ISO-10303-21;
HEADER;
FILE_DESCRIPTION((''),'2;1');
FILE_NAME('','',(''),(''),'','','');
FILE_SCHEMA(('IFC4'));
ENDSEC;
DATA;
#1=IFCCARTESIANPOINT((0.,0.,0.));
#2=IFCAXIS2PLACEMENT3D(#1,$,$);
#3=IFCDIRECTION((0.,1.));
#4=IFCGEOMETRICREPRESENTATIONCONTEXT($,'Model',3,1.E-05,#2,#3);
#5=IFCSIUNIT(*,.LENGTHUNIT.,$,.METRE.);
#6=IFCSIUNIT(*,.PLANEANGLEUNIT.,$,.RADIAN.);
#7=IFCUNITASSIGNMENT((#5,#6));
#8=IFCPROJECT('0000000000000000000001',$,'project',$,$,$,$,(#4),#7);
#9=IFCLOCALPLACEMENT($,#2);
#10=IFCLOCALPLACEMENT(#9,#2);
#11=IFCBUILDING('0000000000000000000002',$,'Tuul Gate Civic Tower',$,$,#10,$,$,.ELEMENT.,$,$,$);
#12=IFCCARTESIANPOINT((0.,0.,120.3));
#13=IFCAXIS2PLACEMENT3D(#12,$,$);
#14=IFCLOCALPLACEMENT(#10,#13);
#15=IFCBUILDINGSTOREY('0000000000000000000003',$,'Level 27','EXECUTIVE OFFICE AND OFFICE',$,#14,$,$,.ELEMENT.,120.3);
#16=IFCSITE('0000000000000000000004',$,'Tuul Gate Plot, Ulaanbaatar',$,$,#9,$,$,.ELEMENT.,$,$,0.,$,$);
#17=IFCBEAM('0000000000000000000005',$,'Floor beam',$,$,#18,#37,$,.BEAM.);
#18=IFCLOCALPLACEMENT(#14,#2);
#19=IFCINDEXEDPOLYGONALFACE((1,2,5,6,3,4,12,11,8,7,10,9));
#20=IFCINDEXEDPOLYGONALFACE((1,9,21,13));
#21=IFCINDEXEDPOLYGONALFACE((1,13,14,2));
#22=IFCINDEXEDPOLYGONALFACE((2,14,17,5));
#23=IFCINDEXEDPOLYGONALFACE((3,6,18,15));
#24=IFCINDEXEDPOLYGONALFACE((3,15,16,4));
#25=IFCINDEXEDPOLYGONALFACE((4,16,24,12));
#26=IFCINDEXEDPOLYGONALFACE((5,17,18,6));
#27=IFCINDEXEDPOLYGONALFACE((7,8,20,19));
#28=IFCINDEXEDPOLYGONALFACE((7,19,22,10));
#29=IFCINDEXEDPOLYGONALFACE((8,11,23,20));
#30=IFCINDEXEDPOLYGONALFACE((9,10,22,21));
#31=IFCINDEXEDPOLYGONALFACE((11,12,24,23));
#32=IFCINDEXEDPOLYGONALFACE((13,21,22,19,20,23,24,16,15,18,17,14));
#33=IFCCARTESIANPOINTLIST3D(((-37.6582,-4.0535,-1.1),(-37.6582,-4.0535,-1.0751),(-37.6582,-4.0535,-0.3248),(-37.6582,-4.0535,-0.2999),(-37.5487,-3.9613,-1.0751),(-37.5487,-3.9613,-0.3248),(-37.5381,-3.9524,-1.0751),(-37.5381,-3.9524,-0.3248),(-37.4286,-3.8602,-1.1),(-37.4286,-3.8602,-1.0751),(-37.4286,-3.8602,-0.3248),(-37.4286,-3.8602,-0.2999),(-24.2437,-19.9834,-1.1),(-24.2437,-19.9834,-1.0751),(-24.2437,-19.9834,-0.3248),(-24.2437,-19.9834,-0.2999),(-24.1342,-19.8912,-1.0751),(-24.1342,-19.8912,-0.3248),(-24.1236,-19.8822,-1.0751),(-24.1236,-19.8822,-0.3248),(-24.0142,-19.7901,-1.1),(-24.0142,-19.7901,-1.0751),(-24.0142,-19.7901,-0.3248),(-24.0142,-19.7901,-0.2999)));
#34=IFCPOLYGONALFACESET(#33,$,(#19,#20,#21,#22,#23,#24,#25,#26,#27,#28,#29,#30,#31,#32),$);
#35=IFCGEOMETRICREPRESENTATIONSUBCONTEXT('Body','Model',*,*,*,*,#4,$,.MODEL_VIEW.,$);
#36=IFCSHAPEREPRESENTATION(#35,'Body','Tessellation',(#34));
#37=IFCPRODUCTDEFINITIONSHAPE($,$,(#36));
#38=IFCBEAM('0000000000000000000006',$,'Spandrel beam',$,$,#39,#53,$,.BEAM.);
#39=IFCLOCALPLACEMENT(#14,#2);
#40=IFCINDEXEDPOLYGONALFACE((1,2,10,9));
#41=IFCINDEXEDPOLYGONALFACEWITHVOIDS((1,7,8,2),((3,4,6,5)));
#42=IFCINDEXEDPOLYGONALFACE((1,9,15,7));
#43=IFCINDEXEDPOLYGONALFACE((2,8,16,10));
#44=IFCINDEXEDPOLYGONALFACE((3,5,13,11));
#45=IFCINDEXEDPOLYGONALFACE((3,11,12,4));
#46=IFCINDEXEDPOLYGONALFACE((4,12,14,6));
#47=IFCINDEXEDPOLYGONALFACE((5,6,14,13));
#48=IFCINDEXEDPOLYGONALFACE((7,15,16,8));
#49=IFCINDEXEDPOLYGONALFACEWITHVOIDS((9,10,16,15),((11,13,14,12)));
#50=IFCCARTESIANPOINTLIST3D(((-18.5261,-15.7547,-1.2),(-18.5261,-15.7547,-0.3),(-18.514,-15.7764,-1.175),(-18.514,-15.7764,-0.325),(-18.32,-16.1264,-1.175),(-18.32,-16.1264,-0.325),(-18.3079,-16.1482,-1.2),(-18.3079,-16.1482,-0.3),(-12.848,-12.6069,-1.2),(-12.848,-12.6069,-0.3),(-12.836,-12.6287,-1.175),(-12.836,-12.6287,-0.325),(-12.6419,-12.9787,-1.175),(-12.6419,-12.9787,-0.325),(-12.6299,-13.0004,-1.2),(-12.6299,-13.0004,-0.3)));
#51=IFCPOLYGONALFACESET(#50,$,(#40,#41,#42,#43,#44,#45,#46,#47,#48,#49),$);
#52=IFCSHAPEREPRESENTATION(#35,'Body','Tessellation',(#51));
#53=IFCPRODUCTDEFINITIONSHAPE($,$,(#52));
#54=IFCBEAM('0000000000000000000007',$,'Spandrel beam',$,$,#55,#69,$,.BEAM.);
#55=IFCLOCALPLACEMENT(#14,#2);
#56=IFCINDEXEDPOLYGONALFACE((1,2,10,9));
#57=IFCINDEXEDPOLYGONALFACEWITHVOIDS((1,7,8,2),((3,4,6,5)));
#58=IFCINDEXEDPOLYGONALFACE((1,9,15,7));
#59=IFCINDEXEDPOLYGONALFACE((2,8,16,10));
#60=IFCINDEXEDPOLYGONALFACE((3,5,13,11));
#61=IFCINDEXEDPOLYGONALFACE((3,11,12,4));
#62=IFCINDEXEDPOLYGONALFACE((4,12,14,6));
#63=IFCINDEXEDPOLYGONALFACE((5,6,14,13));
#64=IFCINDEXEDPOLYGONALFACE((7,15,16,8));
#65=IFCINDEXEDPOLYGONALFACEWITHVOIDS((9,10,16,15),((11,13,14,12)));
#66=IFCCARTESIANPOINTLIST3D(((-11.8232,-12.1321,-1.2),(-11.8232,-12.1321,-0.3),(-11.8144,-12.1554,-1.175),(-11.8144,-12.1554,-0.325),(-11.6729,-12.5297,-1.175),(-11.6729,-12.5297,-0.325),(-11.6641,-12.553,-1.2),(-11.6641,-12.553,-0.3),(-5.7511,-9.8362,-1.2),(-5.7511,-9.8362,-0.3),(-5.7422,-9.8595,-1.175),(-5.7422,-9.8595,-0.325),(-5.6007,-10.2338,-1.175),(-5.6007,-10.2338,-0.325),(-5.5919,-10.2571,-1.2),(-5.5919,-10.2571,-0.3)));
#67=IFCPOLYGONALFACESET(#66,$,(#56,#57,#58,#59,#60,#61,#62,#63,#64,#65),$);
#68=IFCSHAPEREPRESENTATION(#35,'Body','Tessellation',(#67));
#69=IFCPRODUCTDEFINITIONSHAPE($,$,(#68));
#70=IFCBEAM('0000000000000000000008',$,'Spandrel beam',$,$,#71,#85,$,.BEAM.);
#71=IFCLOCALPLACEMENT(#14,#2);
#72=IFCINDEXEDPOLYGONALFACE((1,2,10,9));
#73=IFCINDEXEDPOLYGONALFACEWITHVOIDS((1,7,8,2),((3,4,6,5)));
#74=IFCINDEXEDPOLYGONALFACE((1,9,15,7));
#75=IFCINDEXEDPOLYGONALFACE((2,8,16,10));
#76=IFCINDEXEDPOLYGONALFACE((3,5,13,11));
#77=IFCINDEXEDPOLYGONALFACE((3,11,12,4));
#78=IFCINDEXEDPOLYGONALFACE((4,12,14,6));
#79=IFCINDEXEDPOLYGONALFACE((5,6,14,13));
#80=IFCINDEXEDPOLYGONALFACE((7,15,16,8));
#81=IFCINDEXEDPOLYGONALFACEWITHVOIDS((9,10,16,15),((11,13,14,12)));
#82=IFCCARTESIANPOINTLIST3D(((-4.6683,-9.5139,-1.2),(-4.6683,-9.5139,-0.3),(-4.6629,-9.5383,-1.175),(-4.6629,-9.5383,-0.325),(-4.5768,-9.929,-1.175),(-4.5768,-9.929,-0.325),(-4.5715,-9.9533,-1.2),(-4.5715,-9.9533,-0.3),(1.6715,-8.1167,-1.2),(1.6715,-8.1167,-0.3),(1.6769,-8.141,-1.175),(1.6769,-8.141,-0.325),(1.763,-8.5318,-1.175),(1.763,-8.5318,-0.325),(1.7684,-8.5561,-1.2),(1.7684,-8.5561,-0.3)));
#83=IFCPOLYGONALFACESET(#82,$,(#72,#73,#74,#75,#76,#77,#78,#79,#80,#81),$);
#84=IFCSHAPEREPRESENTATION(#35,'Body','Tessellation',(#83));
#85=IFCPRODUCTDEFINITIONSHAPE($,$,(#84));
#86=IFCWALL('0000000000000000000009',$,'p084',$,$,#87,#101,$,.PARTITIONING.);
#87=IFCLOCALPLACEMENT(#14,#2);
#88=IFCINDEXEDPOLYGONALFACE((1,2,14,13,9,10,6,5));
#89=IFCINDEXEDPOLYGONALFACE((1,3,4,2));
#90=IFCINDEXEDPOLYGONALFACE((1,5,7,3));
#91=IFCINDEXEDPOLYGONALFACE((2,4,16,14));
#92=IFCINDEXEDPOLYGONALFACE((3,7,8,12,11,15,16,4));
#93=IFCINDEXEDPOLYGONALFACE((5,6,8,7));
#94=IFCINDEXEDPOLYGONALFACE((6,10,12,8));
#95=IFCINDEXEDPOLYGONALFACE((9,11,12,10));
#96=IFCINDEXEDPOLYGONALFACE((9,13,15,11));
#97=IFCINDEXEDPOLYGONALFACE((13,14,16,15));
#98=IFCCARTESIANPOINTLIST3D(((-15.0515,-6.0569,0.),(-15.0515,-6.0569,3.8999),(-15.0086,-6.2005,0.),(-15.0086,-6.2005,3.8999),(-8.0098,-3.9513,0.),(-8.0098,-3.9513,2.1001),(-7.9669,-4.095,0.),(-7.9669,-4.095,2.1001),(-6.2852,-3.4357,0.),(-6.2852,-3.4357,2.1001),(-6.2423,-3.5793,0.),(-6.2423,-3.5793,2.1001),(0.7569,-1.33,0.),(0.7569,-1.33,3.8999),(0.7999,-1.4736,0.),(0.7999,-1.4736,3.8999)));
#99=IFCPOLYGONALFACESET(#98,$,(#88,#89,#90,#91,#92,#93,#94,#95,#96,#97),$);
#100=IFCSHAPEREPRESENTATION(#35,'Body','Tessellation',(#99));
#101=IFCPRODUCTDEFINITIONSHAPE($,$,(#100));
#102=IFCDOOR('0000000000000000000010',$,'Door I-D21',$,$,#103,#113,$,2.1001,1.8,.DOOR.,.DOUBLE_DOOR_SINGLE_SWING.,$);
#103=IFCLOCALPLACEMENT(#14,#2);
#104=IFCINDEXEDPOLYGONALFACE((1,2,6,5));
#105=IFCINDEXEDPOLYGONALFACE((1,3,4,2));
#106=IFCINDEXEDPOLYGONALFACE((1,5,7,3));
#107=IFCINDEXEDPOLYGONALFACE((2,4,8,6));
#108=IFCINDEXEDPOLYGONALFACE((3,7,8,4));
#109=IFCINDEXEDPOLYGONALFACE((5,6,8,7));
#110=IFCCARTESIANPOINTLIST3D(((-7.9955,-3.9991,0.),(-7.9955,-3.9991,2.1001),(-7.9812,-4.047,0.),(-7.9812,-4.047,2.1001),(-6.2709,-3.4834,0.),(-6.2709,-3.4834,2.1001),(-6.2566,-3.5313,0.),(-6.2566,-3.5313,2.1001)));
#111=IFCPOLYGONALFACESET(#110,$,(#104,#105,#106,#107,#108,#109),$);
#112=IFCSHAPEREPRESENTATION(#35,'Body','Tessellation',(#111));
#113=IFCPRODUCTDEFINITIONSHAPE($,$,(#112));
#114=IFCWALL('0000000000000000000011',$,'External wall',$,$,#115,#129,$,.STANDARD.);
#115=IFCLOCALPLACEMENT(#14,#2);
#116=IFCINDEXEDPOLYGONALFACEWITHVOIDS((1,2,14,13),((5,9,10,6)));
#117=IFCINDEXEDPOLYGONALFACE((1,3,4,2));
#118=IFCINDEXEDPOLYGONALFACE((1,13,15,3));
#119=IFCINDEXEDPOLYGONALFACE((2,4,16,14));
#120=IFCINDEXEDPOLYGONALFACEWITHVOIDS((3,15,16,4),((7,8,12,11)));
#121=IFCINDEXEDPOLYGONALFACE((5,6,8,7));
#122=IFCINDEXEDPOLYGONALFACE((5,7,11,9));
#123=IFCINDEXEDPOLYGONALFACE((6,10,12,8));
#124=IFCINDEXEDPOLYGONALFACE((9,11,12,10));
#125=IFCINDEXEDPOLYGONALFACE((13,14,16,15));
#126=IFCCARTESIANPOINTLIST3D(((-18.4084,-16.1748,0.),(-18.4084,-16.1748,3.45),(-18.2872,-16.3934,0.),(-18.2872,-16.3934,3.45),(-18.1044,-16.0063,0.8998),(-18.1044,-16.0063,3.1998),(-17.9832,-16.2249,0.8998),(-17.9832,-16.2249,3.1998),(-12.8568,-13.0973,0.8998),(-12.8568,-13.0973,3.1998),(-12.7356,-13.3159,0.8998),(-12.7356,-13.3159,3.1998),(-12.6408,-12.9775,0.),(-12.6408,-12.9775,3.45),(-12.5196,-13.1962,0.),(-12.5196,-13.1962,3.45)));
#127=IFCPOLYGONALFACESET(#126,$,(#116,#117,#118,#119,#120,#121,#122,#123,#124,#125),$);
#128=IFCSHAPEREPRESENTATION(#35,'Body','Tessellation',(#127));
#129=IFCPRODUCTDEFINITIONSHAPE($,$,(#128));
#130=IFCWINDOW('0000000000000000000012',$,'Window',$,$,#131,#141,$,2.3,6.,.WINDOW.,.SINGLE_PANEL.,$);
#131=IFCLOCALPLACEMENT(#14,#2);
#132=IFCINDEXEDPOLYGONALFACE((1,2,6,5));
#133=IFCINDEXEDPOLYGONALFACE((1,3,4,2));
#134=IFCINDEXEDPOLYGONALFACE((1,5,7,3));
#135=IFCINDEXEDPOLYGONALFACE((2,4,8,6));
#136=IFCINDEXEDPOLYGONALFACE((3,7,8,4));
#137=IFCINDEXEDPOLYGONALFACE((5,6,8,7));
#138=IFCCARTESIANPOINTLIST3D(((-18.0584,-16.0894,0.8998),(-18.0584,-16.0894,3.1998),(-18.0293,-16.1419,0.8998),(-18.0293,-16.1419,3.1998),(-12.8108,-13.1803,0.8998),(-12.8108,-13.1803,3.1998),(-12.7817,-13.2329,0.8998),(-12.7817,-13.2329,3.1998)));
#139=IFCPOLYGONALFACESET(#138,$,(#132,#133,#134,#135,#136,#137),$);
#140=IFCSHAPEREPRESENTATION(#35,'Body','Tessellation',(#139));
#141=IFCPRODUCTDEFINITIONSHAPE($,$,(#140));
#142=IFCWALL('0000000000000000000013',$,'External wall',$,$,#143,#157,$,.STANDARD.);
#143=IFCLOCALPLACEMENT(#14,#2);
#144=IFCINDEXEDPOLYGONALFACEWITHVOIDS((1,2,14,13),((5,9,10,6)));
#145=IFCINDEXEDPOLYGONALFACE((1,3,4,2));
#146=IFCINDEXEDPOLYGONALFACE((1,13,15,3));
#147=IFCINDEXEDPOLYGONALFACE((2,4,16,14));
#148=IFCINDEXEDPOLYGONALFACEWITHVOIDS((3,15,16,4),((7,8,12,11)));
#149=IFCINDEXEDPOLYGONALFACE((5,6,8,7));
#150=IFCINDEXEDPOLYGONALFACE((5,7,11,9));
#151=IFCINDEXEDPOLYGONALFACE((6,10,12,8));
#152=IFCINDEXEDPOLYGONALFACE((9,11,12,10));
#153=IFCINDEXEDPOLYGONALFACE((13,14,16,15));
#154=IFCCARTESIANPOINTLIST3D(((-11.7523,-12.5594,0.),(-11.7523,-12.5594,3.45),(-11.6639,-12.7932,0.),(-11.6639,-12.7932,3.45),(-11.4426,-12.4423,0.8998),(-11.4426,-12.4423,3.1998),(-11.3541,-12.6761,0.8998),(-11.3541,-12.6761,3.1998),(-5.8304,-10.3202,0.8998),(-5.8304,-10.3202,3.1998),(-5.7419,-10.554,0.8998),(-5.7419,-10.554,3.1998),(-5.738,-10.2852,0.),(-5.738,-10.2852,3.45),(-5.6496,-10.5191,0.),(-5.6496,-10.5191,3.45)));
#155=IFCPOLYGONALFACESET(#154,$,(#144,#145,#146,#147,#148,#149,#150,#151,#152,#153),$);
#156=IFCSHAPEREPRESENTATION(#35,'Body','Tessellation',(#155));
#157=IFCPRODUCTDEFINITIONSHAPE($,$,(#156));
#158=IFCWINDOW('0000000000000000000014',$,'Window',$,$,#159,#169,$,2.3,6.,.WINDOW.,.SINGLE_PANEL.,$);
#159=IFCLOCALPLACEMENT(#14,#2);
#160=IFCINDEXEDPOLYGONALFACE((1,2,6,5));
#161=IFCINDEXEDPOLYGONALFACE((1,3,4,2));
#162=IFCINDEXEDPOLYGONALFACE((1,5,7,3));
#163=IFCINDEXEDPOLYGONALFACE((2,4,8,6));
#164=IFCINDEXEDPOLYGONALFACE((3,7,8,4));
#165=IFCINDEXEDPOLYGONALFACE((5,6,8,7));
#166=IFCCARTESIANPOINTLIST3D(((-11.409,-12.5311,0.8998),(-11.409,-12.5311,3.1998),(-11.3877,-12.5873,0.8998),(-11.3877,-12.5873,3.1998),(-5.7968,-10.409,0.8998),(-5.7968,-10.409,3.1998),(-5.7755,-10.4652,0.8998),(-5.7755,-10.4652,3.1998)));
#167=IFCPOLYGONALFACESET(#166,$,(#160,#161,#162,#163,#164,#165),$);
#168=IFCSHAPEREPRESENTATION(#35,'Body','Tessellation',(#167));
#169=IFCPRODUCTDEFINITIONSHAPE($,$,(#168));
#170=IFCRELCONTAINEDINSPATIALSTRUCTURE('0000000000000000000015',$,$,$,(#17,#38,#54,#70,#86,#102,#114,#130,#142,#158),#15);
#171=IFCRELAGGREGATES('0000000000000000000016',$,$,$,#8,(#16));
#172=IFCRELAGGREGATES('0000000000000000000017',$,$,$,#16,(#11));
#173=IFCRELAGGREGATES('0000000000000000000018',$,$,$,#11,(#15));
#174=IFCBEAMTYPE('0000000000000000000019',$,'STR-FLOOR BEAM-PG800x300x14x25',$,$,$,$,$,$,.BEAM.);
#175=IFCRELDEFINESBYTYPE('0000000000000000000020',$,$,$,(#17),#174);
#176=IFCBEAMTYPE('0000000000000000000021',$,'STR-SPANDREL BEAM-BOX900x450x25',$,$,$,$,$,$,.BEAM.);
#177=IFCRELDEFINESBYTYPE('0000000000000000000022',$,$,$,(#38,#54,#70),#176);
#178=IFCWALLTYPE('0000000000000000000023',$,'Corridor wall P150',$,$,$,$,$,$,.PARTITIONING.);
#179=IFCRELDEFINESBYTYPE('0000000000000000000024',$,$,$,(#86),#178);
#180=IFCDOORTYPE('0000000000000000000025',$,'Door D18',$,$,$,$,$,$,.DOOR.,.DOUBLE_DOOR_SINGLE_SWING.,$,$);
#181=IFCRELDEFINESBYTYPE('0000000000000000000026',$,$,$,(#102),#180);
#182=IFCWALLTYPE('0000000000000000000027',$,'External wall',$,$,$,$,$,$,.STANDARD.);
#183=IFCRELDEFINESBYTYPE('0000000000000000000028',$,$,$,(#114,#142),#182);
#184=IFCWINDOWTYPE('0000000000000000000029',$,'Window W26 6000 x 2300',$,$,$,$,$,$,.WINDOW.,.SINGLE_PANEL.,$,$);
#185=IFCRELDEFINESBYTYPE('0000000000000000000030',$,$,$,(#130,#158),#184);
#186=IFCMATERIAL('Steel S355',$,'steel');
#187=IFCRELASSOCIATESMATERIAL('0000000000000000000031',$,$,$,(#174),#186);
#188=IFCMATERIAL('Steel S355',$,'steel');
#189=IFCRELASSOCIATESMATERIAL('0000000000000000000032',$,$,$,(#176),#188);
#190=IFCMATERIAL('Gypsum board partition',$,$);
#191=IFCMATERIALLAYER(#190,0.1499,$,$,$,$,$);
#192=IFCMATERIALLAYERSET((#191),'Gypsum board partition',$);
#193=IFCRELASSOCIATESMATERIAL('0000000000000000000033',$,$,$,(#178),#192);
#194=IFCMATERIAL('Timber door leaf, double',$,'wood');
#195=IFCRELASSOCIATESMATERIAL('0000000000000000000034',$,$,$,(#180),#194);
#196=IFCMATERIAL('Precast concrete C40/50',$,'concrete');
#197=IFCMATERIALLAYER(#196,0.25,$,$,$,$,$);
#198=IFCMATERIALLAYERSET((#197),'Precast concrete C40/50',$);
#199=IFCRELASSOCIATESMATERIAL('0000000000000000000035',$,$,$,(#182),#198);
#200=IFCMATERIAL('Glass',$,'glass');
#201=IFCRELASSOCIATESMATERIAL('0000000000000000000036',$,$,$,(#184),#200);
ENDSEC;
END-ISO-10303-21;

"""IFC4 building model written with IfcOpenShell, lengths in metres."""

from ifc_helpers import new_model, si_unit, direction, frame, frame_2d, origin, origin_2d, place, context, subcontext, project, spatial, rectangle, hollow_rectangle, i_section, extrude, material, layer, layer_set, material_profile, profile_set, type_object, element, fill, save


model = new_model("IFC4")

# Units and contexts
model_context = context("Model", 3, precision=1e-05, world=origin(), true_north=direction((0.0, 1.0)))
body_context = subcontext(model_context, "Body", "Model", "MODEL_VIEW")
ifc_project = project(units=[si_unit("LENGTHUNIT", "METRE"), si_unit("PLANEANGLEUNIT", "RADIAN")], contexts=[model_context])

# Site, building, storey
site_placement = place(None, origin())
site = spatial("IfcSite", under=ifc_project, at=site_placement, Name="Tuul Gate Plot, Ulaanbaatar", CompositionType="ELEMENT", RefElevation=0.0)
building_placement = place(site_placement, origin())
building = spatial("IfcBuilding", under=site, at=building_placement, Name="Tuul Gate Civic Tower", CompositionType="ELEMENT")
storey_placement = place(building_placement, frame((0.0, 0.0, 120.3)))
storey = spatial("IfcBuildingStorey", under=building, at=storey_placement, Name="Level 27", Description="EXECUTIVE OFFICE AND OFFICE", CompositionType="ELEMENT", Elevation=120.3)

# Beams
ifc_material_1 = material(Name="Steel S355", Category="steel")
ifc_material_profile_1 = material_profile(ifc_material_1, i_section(OverallWidth=0.3, OverallDepth=0.8, WebThickness=0.0139, FlangeThickness=0.0249, at=origin_2d()), Name="PG800x300x14x25")
ifc_profile_set_1 = profile_set([ifc_material_profile_1], Name="Steel S355")
beam_type_1 = type_object("IfcBeamType", Name="STR-FLOOR BEAM-PG800x300x14x25", PredefinedType="BEAM", material=ifc_profile_set_1)
beam_1_placement = place(storey_placement, frame((-24.1289, -19.8867, -0.7), z_axis=(-0.644132, 0.764914, 0.0), x_axis=(-0.764914, -0.644132, 0.0)))
element("IfcBeam", 1, at=beam_1_placement, inside=storey, type_object=beam_type_1, Name="Floor beam", PredefinedType="BEAM", context=body_context, shape_type="SweptSolid", body=[
    extrude(i_section(OverallWidth=0.3, OverallDepth=0.8, WebThickness=0.0139, FlangeThickness=0.0249, at=origin_2d()), origin(), (0.0, 0.0, 1.0), 20.8257),
])
ifc_material_2 = material(Name="Steel S355", Category="steel")
ifc_material_profile_2 = material_profile(ifc_material_2, hollow_rectangle(XDim=0.45, YDim=0.8999, WallThickness=0.0249, at=origin_2d()), Name="BOX900x450x25")
ifc_profile_set_2 = profile_set([ifc_material_profile_2], Name="Steel S355")
beam_type_2 = type_object("IfcBeamType", Name="STR-SPANDREL BEAM-BOX900x450x25", PredefinedType="BEAM", material=ifc_profile_set_2)
beam_2_placement = place(storey_placement, frame((-18.417, -15.9514, -0.75), z_axis=(0.874597, 0.484851, 0.0), x_axis=(-0.484851, 0.874597, 0.0)))
element("IfcBeam", 2, at=beam_2_placement, inside=storey, type_object=beam_type_2, Name="Spandrel beam", PredefinedType="BEAM", context=body_context, shape_type="SweptSolid", body=[
    extrude(hollow_rectangle(XDim=0.45, YDim=0.8999, WallThickness=0.0249, at=origin_2d()), origin(), (0.0, 0.0, 1.0), 6.4922),
])
beam_3_placement = place(storey_placement, frame((-11.7437, -12.3425, -0.75), z_axis=(0.935374, 0.353661, 0.0), x_axis=(-0.353661, 0.935374, 0.0)))
element("IfcBeam", 3, at=beam_3_placement, inside=storey, type_object=beam_type_2, Name="Spandrel beam", PredefinedType="BEAM", context=body_context, shape_type="SweptSolid", body=[
    extrude(hollow_rectangle(XDim=0.45, YDim=0.8999, WallThickness=0.0249, at=origin_2d()), origin(), (0.0, 0.0, 1.0), 6.4917),
])
beam_4_placement = place(storey_placement, frame((-4.6199, -9.7336, -0.75), z_axis=(0.976565, 0.215222, 0.0), x_axis=(-0.215222, 0.976565, 0.0)))
element("IfcBeam", 4, at=beam_4_placement, inside=storey, type_object=beam_type_2, Name="Spandrel beam", PredefinedType="BEAM", context=body_context, shape_type="SweptSolid", body=[
    extrude(hollow_rectangle(XDim=0.45, YDim=0.8999, WallThickness=0.0249, at=origin_2d()), origin(), (0.0, 0.0, 1.0), 6.4919),
])

# Wall, opening, door
ifc_material_3 = material(Name="Gypsum board partition")
ifc_layer_1 = layer(ifc_material_3, 0.1499)
ifc_layer_set_1 = layer_set([ifc_layer_1], Name="Gypsum board partition")
wall_type_1 = type_object("IfcWallType", Name="Corridor wall P150", PredefinedType="PARTITIONING", material=ifc_layer_set_1)
wall_1_placement = place(storey_placement, frame((-15.03, -6.1287, 0.0), z_axis=(0.0, 0.0, 1.0), x_axis=(0.958088, 0.286475, 0.0)))
wall_1 = element("IfcWall", 5, at=wall_1_placement, inside=storey, type_object=wall_type_1, Name="p084", PredefinedType="PARTITIONING", context=body_context, shape_type="SweptSolid", body=[
    extrude(rectangle(XDim=16.5, YDim=0.1499, at=frame_2d((8.25, 0.0))), origin(), (0.0, 0.0, 1.0), 3.8999),
])
opening_1_placement = place(wall_1_placement, frame((7.3499, 0.0, 0.0)))
opening_1 = element("IfcOpeningElement", 6, at=opening_1_placement, cuts=wall_1, PredefinedType="OPENING", context=body_context, shape_type="SweptSolid", body=[
    extrude(rectangle(XDim=1.8, YDim=2.1001, at=frame_2d((0.8999, 1.05))), frame((0.0, 0.085, 0.0), z_axis=(0.0, -1.0, 0.0), x_axis=(1.0, 0.0, 0.0)), (0.0, 0.0, 1.0), 0.1699),
])
ifc_material_4 = material(Name="Timber door leaf, double", Category="wood")
door_type = type_object("IfcDoorType", Name="Door D18", OperationType="DOUBLE_DOOR_SINGLE_SWING", PredefinedType="DOOR", material=ifc_material_4)
door_placement = place(opening_1_placement, frame((1.8, 0.0, 0.0), z_axis=(0.0, 0.0, 1.0), x_axis=(-1.0, 0.0, 0.0)))
door = element("IfcDoor", 7, at=door_placement, inside=storey, type_object=door_type, Name="Door I-D21", OperationType="DOUBLE_DOOR_SINGLE_SWING", OverallHeight=2.1001, OverallWidth=1.8, PredefinedType="DOOR", context=body_context, shape_type="SweptSolid", body=[
    extrude(rectangle(XDim=1.8, YDim=2.1001, at=frame_2d((0.9001, 1.05))), frame((0.0, 0.0249, 0.0), z_axis=(0.0, -1.0, 0.0), x_axis=(1.0, 0.0, 0.0)), (0.0, 0.0, 1.0), 0.05),
])
fill(opening_1, door)

# Walls, openings, windows
ifc_material_5 = material(Name="Precast concrete C40/50", Category="concrete")
ifc_layer_2 = layer(ifc_material_5, 0.25)
ifc_layer_set_2 = layer_set([ifc_layer_2], Name="Precast concrete C40/50")
wall_type_2 = type_object("IfcWallType", Name="External wall", PredefinedType="STANDARD", material=ifc_layer_set_2)
wall_2_placement = place(storey_placement, frame((-18.3479, -16.2842, 0.0), z_axis=(0.0, 0.0, 1.0), x_axis=(0.874604, 0.484838, 0.0)))
wall_2 = element("IfcWall", 8, at=wall_2_placement, inside=storey, type_object=wall_type_2, Name="External wall", PredefinedType="STANDARD", context=body_context, shape_type="SweptSolid", body=[
    extrude(rectangle(XDim=6.5945, YDim=0.25, at=frame_2d((3.2974, 0.0))), origin(), (0.0, 0.0, 1.0), 3.45),
])
opening_2_placement = place(wall_2_placement, frame((0.3477, 0.0, 0.8999)))
opening_2 = element("IfcOpeningElement", 9, at=opening_2_placement, cuts=wall_2, PredefinedType="OPENING", context=body_context, shape_type="SweptSolid", body=[
    extrude(rectangle(XDim=6.0, YDim=2.3, at=frame_2d((3.0, 1.1499))), frame((0.0, 0.135, 0.0), z_axis=(0.0, -1.0, 0.0), x_axis=(1.0, 0.0, 0.0)), (0.0, 0.0, 1.0), 0.27),
])
ifc_material_6 = material(Name="Glass", Category="glass")
window_type = type_object("IfcWindowType", Name="Window W26 6000 x 2300", PartitioningType="SINGLE_PANEL", PredefinedType="WINDOW", material=ifc_material_6)
window_1_placement = place(opening_2_placement, origin())
window_1 = element("IfcWindow", 10, at=window_1_placement, inside=storey, type_object=window_type, Name="Window", OverallHeight=2.3, OverallWidth=6.0, PartitioningType="SINGLE_PANEL", PredefinedType="WINDOW", context=body_context, shape_type="SweptSolid", body=[
    extrude(rectangle(XDim=6.0, YDim=2.3, at=frame_2d((3.0, 1.1499))), frame((0.0, 0.03, 0.0), z_axis=(0.0, -1.0, 0.0), x_axis=(1.0, 0.0, 0.0)), (0.0, 0.0, 1.0), 0.0601),
])
fill(opening_2, window_1)
wall_3_placement = place(storey_placement, frame((-11.708, -12.6763, 0.0), z_axis=(0.0, 0.0, 1.0), x_axis=(0.935366, 0.353681, 0.0)))
wall_3 = element("IfcWall", 11, at=wall_3_placement, inside=storey, type_object=wall_type_2, Name="External wall", PredefinedType="STANDARD", context=body_context, shape_type="SweptSolid", body=[
    extrude(rectangle(XDim=6.4299, YDim=0.25, at=frame_2d((3.2148, 0.0))), origin(), (0.0, 0.0, 1.0), 3.45),
])
opening_3_placement = place(wall_3_placement, frame((0.3311, 0.0, 0.8999)))
opening_3 = element("IfcOpeningElement", 12, at=opening_3_placement, cuts=wall_3, PredefinedType="OPENING", context=body_context, shape_type="SweptSolid", body=[
    extrude(rectangle(XDim=6.0, YDim=2.3, at=frame_2d((3.0, 1.1499))), frame((0.0, 0.135, 0.0), z_axis=(0.0, -1.0, 0.0), x_axis=(1.0, 0.0, 0.0)), (0.0, 0.0, 1.0), 0.27),
])
window_2_placement = place(opening_3_placement, origin())
window_2 = element("IfcWindow", 13, at=window_2_placement, inside=storey, type_object=window_type, Name="Window", OverallHeight=2.3, OverallWidth=6.0, PartitioningType="SINGLE_PANEL", PredefinedType="WINDOW", context=body_context, shape_type="SweptSolid", body=[
    extrude(rectangle(XDim=6.0, YDim=2.3, at=frame_2d((3.0, 1.1499))), frame((0.0, 0.03, 0.0), z_axis=(0.0, -1.0, 0.0), x_axis=(1.0, 0.0, 0.0)), (0.0, 0.0, 1.0), 0.0601),
])
fill(opening_3, window_2)

save(model, "model.ifc")
